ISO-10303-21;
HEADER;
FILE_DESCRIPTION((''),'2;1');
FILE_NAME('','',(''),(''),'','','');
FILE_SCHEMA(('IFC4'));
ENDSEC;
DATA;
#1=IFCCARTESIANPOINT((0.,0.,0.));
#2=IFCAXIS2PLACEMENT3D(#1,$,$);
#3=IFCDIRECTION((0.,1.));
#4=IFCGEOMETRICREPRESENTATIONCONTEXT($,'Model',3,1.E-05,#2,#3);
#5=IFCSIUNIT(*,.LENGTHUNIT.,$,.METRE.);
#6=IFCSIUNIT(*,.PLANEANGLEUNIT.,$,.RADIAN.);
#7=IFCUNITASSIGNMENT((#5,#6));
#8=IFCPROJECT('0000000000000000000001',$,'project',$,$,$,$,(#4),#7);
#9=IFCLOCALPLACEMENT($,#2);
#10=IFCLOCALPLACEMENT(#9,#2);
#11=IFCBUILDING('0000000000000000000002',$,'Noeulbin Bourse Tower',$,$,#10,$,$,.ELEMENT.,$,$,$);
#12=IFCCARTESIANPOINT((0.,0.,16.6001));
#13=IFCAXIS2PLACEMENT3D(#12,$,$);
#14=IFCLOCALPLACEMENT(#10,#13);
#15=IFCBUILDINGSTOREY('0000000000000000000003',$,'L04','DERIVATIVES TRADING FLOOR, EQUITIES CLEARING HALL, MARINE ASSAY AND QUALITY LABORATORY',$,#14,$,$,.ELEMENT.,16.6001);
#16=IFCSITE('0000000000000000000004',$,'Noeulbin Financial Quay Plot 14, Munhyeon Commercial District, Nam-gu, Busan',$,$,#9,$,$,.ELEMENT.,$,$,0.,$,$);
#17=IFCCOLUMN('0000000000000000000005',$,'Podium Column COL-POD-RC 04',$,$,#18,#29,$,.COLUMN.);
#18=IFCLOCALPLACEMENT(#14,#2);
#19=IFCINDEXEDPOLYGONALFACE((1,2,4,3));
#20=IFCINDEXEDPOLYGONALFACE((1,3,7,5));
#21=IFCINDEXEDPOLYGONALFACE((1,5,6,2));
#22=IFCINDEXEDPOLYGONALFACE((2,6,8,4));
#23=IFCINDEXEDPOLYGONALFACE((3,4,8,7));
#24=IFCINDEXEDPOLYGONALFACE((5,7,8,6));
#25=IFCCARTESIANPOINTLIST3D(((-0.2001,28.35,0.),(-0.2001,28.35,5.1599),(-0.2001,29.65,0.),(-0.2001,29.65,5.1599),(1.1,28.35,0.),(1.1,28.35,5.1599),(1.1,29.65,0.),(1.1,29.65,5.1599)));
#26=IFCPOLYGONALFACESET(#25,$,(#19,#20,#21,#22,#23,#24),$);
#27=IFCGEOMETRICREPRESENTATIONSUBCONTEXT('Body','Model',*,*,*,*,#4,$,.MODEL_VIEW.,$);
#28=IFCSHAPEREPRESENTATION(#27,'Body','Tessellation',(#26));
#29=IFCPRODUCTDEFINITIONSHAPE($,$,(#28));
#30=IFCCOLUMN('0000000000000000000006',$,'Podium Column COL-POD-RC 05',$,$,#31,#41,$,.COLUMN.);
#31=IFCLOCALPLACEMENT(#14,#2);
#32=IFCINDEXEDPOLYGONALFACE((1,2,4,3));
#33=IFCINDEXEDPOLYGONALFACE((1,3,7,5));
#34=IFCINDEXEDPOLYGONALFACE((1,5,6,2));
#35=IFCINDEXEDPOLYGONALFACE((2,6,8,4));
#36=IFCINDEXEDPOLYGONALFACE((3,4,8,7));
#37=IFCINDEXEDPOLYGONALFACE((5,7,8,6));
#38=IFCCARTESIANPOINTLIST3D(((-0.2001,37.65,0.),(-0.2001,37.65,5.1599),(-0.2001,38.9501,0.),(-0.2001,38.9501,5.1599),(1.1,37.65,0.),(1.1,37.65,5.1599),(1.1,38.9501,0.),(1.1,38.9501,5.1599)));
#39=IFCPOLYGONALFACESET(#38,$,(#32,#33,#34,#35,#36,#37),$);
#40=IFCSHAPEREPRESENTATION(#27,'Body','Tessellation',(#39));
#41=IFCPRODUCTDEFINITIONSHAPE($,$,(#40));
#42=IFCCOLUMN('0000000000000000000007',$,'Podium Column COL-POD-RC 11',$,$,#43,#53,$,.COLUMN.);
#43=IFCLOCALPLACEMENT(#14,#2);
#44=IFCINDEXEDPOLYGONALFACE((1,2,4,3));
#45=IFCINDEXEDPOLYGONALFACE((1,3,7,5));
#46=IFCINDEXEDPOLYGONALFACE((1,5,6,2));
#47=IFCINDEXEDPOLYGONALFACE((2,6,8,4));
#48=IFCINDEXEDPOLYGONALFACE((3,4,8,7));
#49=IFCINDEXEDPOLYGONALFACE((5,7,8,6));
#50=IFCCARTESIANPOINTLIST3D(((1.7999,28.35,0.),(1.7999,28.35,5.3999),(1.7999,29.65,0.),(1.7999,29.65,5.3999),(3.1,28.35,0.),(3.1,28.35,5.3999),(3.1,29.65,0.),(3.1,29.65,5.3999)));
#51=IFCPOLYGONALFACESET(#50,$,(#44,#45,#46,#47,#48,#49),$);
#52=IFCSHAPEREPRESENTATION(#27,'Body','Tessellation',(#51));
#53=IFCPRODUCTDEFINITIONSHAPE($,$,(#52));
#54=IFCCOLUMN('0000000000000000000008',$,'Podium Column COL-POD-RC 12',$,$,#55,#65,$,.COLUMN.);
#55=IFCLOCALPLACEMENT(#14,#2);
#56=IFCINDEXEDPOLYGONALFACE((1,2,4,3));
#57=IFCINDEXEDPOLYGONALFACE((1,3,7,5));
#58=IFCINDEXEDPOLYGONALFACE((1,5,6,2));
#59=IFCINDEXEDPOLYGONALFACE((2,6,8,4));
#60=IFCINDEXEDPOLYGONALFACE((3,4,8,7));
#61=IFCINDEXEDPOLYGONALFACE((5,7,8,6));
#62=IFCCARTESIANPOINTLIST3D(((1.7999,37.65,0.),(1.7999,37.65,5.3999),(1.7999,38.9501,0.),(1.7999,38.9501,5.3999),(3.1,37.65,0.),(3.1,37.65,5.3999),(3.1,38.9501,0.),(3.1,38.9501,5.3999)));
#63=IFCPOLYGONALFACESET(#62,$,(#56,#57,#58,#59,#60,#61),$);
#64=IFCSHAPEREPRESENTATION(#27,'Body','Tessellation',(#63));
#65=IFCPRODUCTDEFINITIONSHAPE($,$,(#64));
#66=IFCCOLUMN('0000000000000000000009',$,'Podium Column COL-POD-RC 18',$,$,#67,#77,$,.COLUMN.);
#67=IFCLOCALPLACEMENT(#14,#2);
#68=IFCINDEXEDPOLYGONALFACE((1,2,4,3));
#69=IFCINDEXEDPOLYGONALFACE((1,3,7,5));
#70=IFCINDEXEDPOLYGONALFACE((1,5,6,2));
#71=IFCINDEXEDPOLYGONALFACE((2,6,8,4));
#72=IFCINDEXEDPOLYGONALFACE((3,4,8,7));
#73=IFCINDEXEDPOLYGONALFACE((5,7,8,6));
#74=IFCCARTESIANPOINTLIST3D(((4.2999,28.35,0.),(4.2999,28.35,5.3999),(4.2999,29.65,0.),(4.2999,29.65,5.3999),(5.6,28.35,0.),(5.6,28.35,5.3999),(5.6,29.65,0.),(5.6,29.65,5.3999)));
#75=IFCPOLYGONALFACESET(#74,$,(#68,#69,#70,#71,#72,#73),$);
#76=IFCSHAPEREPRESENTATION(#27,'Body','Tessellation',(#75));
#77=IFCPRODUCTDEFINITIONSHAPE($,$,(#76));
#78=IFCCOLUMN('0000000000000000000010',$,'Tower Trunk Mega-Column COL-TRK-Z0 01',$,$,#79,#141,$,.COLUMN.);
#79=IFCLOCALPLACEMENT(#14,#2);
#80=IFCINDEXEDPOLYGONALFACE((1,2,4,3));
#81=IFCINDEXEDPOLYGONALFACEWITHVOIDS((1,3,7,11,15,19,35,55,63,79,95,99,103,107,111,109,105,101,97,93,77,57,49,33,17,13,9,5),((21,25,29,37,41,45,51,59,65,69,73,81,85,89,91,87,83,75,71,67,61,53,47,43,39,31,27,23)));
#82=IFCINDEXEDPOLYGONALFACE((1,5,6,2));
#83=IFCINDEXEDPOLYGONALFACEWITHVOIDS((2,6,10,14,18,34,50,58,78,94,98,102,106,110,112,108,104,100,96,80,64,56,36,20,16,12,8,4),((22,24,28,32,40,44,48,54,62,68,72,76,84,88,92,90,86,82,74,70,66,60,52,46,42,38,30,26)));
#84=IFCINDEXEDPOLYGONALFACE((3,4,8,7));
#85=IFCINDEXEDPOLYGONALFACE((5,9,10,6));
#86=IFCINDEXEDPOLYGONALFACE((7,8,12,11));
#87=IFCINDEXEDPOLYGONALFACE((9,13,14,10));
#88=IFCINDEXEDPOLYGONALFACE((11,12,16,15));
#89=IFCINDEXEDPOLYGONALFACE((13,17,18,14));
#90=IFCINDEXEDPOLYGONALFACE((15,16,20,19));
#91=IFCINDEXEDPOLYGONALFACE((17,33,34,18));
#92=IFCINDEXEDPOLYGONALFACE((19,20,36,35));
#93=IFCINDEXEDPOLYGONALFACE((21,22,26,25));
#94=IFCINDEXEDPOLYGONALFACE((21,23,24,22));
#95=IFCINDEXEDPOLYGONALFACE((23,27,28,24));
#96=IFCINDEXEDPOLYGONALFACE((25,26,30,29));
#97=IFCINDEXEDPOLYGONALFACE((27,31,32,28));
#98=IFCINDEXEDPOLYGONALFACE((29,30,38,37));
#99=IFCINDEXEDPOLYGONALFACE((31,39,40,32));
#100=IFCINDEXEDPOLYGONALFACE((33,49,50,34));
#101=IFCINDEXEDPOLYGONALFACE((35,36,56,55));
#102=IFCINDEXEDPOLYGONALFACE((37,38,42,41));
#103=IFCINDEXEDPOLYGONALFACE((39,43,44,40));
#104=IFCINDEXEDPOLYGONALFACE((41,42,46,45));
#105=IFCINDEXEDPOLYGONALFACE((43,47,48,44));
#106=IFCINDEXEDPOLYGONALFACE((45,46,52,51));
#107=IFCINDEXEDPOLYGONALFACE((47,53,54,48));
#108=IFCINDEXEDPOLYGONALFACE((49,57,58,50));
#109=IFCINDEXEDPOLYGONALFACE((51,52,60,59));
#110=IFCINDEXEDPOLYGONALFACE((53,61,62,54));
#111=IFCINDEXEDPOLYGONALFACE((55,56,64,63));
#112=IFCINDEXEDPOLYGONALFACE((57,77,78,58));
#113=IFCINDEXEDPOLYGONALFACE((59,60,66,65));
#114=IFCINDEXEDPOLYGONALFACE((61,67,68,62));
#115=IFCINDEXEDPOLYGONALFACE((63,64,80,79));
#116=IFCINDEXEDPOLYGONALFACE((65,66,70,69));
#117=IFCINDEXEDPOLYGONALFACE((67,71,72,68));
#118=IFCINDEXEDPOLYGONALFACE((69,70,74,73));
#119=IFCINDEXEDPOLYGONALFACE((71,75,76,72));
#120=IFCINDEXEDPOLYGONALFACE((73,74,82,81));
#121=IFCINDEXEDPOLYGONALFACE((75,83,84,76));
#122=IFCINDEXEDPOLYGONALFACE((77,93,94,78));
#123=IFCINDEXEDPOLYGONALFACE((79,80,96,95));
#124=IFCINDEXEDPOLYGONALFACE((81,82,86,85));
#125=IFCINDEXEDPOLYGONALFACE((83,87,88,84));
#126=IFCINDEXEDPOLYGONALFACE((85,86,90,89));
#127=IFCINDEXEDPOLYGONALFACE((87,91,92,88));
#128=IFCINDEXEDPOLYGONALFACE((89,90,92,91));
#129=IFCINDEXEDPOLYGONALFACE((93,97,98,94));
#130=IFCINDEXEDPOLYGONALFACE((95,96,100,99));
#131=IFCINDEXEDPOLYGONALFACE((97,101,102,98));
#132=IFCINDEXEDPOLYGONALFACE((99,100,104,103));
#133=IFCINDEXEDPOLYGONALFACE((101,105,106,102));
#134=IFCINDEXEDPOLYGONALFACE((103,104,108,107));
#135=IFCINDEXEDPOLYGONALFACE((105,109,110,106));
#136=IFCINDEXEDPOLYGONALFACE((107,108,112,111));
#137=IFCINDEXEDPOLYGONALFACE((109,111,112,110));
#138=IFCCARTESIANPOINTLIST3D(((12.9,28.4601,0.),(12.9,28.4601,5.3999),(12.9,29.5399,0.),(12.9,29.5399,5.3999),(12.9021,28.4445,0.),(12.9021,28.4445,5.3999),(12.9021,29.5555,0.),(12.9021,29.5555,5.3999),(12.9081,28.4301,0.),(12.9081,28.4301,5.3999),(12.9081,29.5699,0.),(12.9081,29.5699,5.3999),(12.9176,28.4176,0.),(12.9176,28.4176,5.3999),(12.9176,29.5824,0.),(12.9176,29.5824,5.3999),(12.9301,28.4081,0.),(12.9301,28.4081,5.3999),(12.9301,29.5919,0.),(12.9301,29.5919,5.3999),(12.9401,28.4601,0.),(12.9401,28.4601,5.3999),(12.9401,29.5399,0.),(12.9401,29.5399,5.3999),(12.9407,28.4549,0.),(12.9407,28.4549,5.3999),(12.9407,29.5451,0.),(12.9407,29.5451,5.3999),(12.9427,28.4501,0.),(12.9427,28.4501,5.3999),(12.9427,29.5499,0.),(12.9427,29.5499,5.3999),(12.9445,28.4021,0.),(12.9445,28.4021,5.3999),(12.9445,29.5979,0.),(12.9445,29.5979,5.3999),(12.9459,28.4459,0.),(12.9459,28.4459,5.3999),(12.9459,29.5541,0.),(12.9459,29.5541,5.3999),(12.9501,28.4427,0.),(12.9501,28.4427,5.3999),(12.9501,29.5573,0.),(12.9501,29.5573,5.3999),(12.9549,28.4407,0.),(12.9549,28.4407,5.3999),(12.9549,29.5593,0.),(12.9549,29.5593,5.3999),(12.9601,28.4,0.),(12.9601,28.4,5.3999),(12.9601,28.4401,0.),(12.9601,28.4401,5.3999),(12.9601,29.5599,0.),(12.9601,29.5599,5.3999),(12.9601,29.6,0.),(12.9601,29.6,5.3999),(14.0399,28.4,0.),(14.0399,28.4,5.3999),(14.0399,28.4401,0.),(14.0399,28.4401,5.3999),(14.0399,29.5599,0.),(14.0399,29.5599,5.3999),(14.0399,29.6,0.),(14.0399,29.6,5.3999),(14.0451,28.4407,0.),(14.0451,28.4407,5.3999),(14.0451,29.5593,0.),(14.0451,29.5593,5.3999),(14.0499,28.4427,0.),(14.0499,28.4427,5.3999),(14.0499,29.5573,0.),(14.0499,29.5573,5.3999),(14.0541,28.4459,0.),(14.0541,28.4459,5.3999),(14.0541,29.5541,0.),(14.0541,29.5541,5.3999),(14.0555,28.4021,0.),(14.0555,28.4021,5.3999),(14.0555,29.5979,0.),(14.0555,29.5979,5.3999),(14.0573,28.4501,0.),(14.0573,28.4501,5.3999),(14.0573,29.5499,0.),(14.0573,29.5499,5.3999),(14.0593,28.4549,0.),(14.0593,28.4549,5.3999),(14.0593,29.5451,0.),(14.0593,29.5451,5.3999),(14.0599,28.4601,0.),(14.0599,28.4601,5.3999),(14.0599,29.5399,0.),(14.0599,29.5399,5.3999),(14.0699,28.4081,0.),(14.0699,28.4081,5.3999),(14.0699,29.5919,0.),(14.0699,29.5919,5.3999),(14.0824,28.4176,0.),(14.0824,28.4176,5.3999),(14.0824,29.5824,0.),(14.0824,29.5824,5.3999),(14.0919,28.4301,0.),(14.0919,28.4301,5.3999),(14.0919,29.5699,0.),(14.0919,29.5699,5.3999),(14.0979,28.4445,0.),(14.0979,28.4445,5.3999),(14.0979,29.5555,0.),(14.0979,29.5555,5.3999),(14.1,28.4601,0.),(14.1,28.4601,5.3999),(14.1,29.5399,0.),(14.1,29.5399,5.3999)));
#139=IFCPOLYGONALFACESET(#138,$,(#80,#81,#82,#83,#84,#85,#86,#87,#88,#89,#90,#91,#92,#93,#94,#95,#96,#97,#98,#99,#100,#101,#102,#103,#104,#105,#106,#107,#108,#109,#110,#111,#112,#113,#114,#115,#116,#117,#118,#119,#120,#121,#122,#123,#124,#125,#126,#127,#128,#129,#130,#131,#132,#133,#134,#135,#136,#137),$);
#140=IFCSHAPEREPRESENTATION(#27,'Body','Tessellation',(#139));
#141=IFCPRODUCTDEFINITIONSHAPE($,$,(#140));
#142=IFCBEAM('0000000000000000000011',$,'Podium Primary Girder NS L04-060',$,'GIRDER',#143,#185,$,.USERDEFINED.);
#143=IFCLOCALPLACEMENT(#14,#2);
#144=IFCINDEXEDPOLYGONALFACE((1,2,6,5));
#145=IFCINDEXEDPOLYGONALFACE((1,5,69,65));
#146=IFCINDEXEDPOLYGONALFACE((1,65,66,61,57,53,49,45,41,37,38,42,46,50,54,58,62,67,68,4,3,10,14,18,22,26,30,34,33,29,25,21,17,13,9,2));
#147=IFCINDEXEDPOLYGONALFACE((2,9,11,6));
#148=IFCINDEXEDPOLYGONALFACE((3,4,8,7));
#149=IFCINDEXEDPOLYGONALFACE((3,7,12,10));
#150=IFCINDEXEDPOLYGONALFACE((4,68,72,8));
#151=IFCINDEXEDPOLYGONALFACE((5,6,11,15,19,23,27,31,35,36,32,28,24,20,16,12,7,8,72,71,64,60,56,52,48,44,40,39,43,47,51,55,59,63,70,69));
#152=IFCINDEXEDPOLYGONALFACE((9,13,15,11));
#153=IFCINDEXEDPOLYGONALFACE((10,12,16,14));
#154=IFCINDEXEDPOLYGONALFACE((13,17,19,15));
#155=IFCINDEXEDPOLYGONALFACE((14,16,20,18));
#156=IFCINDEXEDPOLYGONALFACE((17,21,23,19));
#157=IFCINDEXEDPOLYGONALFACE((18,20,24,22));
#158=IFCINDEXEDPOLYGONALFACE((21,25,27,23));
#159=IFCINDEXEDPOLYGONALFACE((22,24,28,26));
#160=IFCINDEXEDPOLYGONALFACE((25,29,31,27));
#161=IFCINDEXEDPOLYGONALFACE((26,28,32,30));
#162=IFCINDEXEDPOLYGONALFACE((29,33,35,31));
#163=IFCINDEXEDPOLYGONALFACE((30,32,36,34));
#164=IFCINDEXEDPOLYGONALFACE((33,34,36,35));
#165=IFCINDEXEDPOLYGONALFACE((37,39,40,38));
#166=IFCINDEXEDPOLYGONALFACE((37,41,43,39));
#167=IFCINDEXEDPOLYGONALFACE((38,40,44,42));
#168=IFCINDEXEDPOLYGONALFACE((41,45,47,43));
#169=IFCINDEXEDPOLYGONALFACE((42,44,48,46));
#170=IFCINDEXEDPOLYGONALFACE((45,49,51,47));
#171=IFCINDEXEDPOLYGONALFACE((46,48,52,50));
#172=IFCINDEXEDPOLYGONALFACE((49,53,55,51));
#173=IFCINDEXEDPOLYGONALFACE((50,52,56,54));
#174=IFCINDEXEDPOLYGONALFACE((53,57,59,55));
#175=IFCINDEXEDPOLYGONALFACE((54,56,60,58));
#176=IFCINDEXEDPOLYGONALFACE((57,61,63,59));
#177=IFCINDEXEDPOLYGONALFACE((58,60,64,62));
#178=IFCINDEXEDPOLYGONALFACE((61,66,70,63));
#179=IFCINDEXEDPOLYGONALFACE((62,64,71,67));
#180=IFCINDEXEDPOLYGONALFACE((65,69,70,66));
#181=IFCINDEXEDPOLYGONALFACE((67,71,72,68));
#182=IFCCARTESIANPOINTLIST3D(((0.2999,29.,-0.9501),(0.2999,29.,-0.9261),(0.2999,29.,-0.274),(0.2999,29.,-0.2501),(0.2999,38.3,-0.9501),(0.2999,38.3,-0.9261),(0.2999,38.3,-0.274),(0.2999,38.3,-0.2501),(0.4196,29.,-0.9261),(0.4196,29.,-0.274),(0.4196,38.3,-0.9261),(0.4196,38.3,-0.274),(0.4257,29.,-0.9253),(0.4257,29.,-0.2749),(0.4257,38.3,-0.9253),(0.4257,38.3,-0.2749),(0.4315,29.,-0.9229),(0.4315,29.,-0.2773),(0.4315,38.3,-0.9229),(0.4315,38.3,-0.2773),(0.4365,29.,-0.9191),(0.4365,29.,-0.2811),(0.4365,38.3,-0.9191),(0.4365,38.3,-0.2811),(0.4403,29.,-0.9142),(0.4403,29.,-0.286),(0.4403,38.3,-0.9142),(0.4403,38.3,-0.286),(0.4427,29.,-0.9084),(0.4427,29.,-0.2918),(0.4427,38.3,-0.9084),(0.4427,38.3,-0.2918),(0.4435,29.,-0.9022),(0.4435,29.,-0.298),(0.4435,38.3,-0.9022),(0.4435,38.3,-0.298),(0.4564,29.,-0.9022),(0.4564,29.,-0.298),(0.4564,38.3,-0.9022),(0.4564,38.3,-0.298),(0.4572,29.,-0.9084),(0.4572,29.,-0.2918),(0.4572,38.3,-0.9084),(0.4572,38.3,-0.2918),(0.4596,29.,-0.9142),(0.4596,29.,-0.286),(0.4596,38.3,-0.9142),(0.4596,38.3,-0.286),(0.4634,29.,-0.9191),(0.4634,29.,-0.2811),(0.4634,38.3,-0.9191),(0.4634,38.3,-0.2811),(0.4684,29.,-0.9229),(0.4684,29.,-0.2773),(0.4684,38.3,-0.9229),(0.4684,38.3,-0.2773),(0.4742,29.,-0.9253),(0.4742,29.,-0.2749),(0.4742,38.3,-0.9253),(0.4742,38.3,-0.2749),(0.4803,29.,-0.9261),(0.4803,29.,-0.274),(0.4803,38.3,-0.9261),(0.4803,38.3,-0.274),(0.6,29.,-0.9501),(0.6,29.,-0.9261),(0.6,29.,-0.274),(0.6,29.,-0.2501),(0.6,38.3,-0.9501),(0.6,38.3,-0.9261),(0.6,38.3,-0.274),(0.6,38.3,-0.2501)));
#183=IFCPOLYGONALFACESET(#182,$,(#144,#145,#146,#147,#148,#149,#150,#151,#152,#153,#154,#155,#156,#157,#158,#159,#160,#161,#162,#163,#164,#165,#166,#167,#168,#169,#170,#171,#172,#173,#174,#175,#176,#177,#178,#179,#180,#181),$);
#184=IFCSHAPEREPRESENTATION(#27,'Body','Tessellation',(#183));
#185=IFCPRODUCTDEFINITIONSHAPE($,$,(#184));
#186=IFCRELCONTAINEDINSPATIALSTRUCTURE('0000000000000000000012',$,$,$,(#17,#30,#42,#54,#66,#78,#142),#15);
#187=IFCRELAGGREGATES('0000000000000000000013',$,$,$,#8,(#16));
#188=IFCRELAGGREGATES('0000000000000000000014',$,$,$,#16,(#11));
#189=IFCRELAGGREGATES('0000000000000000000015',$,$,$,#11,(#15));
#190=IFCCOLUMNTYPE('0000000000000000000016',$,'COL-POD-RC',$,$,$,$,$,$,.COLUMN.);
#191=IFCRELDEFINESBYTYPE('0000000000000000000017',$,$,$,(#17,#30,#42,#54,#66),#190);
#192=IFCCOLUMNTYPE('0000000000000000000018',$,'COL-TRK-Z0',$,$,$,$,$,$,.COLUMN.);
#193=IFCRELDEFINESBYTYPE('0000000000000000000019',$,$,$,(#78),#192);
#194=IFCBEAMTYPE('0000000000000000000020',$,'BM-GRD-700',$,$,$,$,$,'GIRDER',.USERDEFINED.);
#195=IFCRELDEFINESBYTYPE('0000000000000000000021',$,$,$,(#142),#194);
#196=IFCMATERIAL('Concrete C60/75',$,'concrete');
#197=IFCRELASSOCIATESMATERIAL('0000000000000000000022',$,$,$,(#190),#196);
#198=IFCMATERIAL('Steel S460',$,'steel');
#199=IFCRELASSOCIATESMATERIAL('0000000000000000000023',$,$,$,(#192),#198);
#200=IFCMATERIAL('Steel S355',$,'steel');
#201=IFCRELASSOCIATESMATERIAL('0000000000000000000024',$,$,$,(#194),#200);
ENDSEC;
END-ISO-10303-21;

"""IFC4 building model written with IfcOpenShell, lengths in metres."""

from ifc_helpers import new_model, si_unit, direction, frame, origin, origin_2d, place, context, subcontext, project, spatial, rectangle, hollow_rectangle, i_section, extrude, material, material_profile, profile_set, type_object, element, save


model = new_model("IFC4")

# Units and contexts
model_context = context("Model", 3, precision=1e-05, world=origin(), true_north=direction((0.0, 1.0)))
body_context = subcontext(model_context, "Body", "Model", "MODEL_VIEW")
ifc_project = project(units=[si_unit("LENGTHUNIT", "METRE"), si_unit("PLANEANGLEUNIT", "RADIAN")], contexts=[model_context])

# Site, building, storey
site_placement = place(None, origin())
site = spatial("IfcSite", under=ifc_project, at=site_placement, Name="Noeulbin Financial Quay Plot 14, Munhyeon Commercial District, Nam-gu, Busan", CompositionType="ELEMENT", RefElevation=0.0)
building_placement = place(site_placement, origin())
building = spatial("IfcBuilding", under=site, at=building_placement, Name="Noeulbin Bourse Tower", CompositionType="ELEMENT")
storey_placement = place(building_placement, frame((0.0, 0.0, 16.6001)))
storey = spatial("IfcBuildingStorey", under=building, at=storey_placement, Name="L04", Description="DERIVATIVES TRADING FLOOR, EQUITIES CLEARING HALL, MARINE ASSAY AND QUALITY LABORATORY", CompositionType="ELEMENT", Elevation=16.6001)

# Columns
ifc_material_1 = material(Name="Concrete C60/75", Category="concrete")
ifc_material_profile_1 = material_profile(ifc_material_1, rectangle(XDim=1.3, YDim=1.3, at=origin_2d()), Name="RC-COL-1300x1300", Category="LoadBearing")
ifc_profile_set_1 = profile_set([ifc_material_profile_1], Name="Concrete C60/75")
column_type_1 = type_object("IfcColumnType", Name="COL-POD-RC", PredefinedType="COLUMN", material=ifc_profile_set_1)
for number, where, z_axis, x_axis, name in (
    (1, (0.45, 29.0, 0.0), (0.0, 0.0, 1.0), (1.0, 0.0, 0.0), "Podium Column COL-POD-RC 04"),
    (2, (0.45, 38.3, 0.0), (0.0, 0.0, 1.0), (1.0, 0.0, 0.0), "Podium Column COL-POD-RC 05"),
):
    element("IfcColumn", number, at=place(storey_placement, frame(where, z_axis=z_axis, x_axis=x_axis)), inside=storey, type_object=column_type_1, Name=name, PredefinedType="COLUMN", context=body_context, shape_type="SweptSolid", body=[
        extrude(rectangle(XDim=1.3, YDim=1.3, at=origin_2d()), origin(), (0.0, 0.0, 1.0), 5.1599),
    ])
for number, where, z_axis, x_axis, name in (
    (3, (2.45, 29.0, 0.0), (0.0, 0.0, 1.0), (1.0, 0.0, 0.0), "Podium Column COL-POD-RC 11"),
    (4, (2.45, 38.3, 0.0), (0.0, 0.0, 1.0), (1.0, 0.0, 0.0), "Podium Column COL-POD-RC 12"),
    (5, (4.95, 29.0, 0.0), (0.0, 0.0, 1.0), (1.0, 0.0, 0.0), "Podium Column COL-POD-RC 18"),
):
    element("IfcColumn", number, at=place(storey_placement, frame(where, z_axis=z_axis, x_axis=x_axis)), inside=storey, type_object=column_type_1, Name=name, PredefinedType="COLUMN", context=body_context, shape_type="SweptSolid", body=[
        extrude(rectangle(XDim=1.3, YDim=1.3, at=origin_2d()), origin(), (0.0, 0.0, 1.0), 5.3999),
    ])
ifc_material_2 = material(Name="Steel S460", Category="steel")
ifc_material_profile_2 = material_profile(ifc_material_2, hollow_rectangle(XDim=1.2, YDim=1.2, WallThickness=0.04, InnerFilletRadius=0.02, OuterFilletRadius=0.0601, at=origin_2d()), Name="BOX-1200x1200x40", Category="LoadBearing")
ifc_profile_set_2 = profile_set([ifc_material_profile_2], Name="Steel S460")
column_type_2 = type_object("IfcColumnType", Name="COL-TRK-Z0", PredefinedType="COLUMN", material=ifc_profile_set_2)
column_placement = place(storey_placement, frame((13.5, 29.0, 0.0), z_axis=(0.0, 0.0, 1.0), x_axis=(1.0, 0.0, 0.0)))
element("IfcColumn", 6, at=column_placement, inside=storey, type_object=column_type_2, Name="Tower Trunk Mega-Column COL-TRK-Z0 01", PredefinedType="COLUMN", context=body_context, shape_type="SweptSolid", body=[
    extrude(hollow_rectangle(XDim=1.2, YDim=1.2, WallThickness=0.04, InnerFilletRadius=0.02, OuterFilletRadius=0.0601, at=origin_2d()), origin(), (0.0, 0.0, 1.0), 5.3999),
])

# Beam
ifc_material_3 = material(Name="Steel S355", Category="steel")
ifc_material_profile_3 = material_profile(ifc_material_3, i_section(OverallWidth=0.3, OverallDepth=0.7, WebThickness=0.0129, FlangeThickness=0.0239, FilletRadius=0.0239, at=origin_2d()), Name="H-700x300x13x24", Category="LoadBearing")
ifc_profile_set_3 = profile_set([ifc_material_profile_3], Name="Steel S355")
beam_type_1 = type_object("IfcBeamType", Name="BM-GRD-700", ElementType="GIRDER", PredefinedType="USERDEFINED", material=ifc_profile_set_3)
beam_1_placement = place(storey_placement, frame((0.45, 29.0, -0.6001), z_axis=(0.0, 1.0, 0.0), x_axis=(-1.0, 0.0, 0.0)))
element("IfcBeam", 7, at=beam_1_placement, inside=storey, type_object=beam_type_1, Name="Podium Primary Girder NS L04-060", ObjectType="GIRDER", PredefinedType="USERDEFINED", context=body_context, shape_type="SweptSolid", body=[
    extrude(i_section(OverallWidth=0.3, OverallDepth=0.7, WebThickness=0.0129, FlangeThickness=0.0239, FilletRadius=0.0239, at=origin_2d()), origin(), (0.0, 0.0, 1.0), 9.3),
])

save(model, "model.ifc")
